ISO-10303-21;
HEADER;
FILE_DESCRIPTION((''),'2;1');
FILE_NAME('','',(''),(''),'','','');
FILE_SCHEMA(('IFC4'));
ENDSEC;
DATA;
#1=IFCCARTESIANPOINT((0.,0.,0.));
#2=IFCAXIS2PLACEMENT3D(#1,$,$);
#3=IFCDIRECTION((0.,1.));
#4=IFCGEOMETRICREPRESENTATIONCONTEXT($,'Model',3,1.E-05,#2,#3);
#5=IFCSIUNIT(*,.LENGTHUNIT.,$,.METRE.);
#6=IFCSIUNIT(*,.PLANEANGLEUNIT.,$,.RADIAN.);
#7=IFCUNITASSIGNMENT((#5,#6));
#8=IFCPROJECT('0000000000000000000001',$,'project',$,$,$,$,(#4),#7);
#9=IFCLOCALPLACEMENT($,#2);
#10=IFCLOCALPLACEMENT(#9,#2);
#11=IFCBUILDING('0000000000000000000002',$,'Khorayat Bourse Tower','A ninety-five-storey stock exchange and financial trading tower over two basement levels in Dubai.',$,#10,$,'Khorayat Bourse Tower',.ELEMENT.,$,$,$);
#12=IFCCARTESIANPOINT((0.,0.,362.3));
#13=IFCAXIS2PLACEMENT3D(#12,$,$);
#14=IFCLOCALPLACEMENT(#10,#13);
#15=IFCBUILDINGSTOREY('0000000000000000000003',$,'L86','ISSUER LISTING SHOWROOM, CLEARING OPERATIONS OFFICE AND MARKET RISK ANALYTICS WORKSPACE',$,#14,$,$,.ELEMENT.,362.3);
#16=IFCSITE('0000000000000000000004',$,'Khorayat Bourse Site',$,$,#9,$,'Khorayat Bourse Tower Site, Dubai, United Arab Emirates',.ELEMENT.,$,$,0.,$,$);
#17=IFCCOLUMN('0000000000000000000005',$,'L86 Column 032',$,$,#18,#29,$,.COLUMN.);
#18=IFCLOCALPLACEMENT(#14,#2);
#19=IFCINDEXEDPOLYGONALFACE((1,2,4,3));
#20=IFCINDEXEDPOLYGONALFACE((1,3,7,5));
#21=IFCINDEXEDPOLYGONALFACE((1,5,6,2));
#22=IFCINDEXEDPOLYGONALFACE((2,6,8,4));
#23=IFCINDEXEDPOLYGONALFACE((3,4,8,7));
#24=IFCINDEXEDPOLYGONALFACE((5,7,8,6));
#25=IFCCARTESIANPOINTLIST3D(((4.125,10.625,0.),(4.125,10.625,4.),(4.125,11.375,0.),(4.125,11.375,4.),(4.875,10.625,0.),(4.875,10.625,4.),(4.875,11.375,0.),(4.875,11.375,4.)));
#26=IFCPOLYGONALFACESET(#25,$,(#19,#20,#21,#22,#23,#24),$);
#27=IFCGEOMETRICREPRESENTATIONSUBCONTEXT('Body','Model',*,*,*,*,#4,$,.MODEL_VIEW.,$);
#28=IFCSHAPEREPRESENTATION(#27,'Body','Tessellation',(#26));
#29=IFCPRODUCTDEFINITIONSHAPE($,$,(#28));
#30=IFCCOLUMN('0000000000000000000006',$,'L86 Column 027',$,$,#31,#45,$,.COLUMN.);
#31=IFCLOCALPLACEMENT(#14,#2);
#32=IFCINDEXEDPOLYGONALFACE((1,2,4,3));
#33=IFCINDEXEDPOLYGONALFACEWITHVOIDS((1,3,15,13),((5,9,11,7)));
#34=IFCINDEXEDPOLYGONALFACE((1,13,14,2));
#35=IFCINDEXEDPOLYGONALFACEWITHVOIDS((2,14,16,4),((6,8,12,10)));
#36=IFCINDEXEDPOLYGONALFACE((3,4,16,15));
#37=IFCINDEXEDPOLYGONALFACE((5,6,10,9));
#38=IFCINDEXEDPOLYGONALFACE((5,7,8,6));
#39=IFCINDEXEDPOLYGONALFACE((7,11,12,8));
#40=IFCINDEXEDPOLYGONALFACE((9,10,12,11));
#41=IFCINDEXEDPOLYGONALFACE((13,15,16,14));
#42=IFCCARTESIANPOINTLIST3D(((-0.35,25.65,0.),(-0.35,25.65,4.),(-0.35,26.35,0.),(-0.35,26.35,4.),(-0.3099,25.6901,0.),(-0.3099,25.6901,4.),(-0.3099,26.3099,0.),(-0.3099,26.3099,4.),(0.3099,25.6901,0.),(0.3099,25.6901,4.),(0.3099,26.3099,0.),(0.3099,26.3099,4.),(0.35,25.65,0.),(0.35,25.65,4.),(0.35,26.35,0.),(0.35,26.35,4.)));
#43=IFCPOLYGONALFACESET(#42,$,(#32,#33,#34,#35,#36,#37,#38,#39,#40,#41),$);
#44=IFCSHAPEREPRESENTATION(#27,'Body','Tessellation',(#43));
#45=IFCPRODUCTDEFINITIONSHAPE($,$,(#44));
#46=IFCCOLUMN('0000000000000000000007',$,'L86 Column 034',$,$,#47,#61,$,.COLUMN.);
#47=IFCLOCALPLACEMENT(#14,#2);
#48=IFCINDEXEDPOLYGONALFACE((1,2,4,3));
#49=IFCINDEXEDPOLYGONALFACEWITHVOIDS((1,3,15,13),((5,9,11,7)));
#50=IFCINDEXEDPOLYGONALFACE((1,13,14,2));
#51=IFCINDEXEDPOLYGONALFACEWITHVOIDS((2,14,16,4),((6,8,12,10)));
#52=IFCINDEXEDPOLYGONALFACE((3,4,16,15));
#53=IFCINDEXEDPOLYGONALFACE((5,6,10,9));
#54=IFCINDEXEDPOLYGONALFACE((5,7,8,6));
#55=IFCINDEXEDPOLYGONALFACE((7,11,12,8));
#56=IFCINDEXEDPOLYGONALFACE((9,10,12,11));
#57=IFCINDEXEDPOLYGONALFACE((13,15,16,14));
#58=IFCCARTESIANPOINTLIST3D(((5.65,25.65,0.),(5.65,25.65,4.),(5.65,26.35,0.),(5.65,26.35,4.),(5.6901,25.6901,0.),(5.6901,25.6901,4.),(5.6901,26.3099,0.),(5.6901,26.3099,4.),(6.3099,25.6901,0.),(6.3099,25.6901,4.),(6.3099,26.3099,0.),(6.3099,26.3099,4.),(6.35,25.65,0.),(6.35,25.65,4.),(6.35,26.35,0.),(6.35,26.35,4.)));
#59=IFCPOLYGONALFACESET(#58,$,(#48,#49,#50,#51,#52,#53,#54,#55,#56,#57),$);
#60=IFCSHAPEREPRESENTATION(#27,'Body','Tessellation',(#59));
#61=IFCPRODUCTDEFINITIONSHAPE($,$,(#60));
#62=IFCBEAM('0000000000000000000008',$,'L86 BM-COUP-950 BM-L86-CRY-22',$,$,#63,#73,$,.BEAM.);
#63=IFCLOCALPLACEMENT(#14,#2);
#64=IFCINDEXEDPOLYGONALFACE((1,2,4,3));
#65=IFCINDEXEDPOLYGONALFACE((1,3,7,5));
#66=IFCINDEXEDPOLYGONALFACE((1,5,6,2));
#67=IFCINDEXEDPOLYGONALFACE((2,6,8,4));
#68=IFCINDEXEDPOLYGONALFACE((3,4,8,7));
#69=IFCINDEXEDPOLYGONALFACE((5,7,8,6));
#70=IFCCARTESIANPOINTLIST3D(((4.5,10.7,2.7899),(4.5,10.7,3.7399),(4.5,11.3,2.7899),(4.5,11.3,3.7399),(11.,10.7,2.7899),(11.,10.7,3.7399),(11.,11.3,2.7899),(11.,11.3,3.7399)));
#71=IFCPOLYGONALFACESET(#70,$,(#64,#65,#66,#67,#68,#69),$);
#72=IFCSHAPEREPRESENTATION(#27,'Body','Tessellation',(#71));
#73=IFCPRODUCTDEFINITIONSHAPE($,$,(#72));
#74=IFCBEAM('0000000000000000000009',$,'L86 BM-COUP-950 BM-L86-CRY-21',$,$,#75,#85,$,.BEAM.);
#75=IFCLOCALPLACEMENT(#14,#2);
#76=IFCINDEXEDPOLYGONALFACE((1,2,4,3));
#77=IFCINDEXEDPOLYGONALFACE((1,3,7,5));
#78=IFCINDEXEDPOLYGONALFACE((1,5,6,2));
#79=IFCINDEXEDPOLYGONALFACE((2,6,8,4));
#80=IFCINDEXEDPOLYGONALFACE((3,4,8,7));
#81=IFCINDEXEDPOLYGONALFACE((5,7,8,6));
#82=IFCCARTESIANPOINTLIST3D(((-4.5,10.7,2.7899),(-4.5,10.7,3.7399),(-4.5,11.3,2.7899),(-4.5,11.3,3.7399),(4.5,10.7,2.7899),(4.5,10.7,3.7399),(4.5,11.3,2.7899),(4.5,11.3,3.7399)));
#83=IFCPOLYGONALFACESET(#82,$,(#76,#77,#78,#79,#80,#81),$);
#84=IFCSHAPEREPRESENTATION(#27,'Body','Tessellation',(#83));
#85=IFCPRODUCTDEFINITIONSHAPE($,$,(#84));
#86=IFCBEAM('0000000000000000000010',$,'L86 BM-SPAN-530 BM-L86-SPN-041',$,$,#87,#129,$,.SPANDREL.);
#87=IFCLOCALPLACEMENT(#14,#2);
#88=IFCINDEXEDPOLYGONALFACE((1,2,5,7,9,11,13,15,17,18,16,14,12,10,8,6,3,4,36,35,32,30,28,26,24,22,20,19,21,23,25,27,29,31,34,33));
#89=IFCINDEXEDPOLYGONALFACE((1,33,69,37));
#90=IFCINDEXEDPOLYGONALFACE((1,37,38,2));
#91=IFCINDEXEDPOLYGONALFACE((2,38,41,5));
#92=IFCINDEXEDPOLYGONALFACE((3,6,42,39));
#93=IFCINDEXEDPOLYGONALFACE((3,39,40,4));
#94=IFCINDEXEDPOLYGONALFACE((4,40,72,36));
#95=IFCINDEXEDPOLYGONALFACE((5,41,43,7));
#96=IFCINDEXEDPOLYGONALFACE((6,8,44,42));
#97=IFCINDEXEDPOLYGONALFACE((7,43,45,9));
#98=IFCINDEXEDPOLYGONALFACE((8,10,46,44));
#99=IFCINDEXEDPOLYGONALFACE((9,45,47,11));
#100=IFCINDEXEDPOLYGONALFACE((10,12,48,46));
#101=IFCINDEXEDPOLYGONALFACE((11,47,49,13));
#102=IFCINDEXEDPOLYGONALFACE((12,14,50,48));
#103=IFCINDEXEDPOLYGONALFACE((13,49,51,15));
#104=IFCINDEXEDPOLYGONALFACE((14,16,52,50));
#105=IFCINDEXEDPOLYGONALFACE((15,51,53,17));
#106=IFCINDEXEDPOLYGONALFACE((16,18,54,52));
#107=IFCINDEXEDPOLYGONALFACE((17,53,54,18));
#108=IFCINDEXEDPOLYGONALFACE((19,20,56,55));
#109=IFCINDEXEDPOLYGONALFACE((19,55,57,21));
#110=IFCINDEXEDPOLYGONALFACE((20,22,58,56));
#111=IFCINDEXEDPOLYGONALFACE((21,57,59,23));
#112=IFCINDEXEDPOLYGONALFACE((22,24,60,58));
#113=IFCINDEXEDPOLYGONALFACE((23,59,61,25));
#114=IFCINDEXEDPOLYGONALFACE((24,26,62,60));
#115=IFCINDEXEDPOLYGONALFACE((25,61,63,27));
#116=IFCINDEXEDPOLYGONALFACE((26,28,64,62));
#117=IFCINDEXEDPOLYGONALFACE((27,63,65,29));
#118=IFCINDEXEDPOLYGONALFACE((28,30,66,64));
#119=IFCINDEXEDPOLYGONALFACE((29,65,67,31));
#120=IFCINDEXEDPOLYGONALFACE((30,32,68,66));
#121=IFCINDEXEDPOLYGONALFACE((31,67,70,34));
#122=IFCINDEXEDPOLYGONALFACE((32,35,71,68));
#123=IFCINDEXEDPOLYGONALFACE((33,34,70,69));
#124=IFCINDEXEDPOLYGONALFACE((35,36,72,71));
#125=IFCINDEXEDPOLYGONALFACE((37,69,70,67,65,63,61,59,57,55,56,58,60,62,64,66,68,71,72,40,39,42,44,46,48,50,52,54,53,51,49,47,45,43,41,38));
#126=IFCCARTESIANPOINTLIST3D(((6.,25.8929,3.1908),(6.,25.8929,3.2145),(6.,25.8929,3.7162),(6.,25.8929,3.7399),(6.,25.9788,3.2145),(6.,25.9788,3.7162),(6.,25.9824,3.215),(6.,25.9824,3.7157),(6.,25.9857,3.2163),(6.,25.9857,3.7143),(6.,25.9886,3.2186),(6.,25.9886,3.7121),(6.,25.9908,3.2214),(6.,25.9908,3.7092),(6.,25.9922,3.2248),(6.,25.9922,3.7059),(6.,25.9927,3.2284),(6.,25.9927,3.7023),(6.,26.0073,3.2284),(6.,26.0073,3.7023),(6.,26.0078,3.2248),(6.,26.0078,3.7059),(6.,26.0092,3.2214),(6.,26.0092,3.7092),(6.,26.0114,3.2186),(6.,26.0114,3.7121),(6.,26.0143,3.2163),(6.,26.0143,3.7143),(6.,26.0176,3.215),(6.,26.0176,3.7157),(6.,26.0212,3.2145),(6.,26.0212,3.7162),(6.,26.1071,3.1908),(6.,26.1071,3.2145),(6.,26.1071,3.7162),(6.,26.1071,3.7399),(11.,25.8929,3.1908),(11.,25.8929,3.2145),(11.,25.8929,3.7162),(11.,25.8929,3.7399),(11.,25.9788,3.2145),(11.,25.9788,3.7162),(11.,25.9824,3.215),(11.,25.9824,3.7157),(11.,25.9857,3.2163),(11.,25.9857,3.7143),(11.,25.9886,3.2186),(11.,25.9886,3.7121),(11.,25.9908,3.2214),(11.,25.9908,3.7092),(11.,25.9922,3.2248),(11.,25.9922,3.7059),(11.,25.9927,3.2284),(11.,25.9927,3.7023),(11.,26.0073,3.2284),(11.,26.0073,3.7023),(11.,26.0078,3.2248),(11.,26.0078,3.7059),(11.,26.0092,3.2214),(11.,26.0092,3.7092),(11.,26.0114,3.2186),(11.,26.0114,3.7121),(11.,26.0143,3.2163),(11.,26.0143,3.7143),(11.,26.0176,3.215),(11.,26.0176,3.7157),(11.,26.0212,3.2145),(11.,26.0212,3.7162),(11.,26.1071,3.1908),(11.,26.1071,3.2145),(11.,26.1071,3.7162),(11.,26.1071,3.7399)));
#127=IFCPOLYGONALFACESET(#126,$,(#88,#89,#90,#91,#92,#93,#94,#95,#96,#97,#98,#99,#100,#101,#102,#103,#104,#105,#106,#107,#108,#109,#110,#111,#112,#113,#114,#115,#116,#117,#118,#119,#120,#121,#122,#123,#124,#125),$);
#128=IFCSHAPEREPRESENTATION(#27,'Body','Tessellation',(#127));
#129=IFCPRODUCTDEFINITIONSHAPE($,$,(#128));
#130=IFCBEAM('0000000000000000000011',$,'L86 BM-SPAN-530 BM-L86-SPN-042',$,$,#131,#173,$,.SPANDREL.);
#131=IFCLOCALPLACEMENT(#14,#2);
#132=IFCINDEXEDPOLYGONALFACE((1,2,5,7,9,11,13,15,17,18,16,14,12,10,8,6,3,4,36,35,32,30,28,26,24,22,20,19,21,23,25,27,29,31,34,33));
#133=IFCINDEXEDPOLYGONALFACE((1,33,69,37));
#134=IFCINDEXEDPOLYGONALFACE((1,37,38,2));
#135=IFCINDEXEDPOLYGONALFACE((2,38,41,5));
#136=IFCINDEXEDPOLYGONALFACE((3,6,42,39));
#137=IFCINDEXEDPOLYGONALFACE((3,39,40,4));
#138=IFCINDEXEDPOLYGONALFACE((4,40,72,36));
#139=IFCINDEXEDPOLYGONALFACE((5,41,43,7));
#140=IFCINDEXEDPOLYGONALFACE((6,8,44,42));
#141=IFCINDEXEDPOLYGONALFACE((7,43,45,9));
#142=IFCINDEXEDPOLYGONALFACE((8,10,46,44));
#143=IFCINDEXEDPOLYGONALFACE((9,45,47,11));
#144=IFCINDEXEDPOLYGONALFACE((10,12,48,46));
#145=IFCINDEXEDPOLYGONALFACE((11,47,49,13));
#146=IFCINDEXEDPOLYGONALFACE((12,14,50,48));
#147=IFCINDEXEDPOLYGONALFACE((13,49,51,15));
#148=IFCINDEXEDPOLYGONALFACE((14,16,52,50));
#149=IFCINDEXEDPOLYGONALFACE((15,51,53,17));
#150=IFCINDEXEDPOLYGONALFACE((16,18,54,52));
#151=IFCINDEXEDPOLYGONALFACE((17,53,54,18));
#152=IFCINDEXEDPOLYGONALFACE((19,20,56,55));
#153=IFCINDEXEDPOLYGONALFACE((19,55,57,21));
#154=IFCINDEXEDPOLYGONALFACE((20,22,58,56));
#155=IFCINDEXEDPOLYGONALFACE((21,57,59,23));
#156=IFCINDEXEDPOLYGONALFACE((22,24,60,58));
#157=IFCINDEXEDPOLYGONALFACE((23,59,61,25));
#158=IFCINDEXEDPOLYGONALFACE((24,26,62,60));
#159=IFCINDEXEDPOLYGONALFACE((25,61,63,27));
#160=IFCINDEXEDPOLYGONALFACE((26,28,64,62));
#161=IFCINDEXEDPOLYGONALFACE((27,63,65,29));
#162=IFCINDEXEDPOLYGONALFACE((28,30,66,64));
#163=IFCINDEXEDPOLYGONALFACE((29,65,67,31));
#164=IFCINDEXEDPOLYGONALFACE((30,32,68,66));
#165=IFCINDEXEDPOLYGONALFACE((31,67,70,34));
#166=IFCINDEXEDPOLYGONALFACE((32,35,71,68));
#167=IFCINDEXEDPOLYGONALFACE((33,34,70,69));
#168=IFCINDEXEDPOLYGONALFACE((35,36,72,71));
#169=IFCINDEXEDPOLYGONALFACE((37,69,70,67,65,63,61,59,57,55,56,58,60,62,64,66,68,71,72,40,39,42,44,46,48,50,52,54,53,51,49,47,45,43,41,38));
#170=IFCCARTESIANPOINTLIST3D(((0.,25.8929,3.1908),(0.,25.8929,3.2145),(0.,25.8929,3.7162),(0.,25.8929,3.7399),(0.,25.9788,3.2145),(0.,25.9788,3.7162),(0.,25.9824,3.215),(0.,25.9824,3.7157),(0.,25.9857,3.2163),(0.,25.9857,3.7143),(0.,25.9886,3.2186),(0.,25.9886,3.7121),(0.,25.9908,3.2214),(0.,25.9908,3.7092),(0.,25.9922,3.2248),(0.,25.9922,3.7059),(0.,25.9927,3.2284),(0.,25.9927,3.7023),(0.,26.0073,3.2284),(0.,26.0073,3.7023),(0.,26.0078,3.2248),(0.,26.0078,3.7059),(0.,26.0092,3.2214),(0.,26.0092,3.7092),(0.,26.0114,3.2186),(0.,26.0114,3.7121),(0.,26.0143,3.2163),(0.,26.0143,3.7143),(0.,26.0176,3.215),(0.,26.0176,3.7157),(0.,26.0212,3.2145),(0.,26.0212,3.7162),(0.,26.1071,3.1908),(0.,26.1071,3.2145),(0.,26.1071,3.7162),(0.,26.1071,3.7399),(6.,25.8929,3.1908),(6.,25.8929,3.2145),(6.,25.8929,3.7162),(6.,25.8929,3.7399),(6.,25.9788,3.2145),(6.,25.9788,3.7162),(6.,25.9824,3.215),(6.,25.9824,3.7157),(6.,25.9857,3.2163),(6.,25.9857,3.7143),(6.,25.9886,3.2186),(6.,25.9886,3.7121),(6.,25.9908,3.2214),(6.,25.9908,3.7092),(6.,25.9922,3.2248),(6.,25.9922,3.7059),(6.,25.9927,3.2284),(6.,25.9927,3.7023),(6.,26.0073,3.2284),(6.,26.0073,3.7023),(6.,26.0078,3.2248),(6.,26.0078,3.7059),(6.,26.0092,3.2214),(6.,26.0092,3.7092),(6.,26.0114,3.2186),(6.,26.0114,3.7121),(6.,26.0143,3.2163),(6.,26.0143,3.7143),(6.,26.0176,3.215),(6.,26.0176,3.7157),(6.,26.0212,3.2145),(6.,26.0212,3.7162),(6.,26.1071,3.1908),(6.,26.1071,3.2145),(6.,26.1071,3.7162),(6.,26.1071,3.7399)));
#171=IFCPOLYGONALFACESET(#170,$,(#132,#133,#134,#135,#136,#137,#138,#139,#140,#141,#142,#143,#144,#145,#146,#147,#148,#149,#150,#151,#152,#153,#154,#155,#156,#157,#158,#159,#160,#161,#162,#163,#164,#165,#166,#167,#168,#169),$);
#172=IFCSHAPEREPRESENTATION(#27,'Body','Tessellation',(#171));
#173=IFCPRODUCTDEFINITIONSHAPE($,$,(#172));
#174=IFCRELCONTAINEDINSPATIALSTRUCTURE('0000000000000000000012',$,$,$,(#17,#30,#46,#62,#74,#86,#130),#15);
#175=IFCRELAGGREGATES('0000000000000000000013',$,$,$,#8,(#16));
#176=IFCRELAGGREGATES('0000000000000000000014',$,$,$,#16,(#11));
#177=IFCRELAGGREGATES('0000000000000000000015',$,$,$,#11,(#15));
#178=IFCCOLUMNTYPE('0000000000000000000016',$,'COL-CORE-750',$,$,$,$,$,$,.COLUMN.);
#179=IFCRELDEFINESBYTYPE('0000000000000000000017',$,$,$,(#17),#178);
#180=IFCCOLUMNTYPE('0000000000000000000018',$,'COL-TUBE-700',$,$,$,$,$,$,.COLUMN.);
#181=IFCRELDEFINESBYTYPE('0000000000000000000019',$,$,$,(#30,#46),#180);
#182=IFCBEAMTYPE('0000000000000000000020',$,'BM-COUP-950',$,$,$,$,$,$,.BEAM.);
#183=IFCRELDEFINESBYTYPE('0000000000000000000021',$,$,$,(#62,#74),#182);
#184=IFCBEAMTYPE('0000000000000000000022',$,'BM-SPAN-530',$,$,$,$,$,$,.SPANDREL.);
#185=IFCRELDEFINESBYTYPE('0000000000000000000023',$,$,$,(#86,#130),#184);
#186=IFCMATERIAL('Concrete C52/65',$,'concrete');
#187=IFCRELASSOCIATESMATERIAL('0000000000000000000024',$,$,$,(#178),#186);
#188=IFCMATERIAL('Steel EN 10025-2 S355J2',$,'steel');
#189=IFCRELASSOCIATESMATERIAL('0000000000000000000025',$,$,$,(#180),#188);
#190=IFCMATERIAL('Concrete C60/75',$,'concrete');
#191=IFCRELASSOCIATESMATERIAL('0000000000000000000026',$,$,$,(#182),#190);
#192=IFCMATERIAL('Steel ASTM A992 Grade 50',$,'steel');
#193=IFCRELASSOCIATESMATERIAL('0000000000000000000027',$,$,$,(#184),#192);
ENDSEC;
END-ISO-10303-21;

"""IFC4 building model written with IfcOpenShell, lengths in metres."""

from ifc_helpers import new_model, si_unit, direction, frame, origin, origin_2d, place, context, subcontext, project, spatial, rectangle, hollow_rectangle, i_section, extrude, source, transform, mapped, material, material_profile, profile_set, type_object, element, save


model = new_model("IFC4")

# Units and contexts
model_context = context("Model", 3, precision=1e-05, world=origin(), true_north=direction((0.0, 1.0)))
body_context = subcontext(model_context, "Body", "Model", "MODEL_VIEW")
ifc_project = project(units=[si_unit("LENGTHUNIT", "METRE"), si_unit("PLANEANGLEUNIT", "RADIAN")], contexts=[model_context])

# Site, building, storey
site_placement = place(None, origin())
site = spatial("IfcSite", under=ifc_project, at=site_placement, Name="Khorayat Bourse Site", LongName="Khorayat Bourse Tower Site, Dubai, United Arab Emirates", CompositionType="ELEMENT", RefElevation=0.0)
building_placement = place(site_placement, origin())
building = spatial("IfcBuilding", under=site, at=building_placement, Name="Khorayat Bourse Tower", Description="A ninety-five-storey stock exchange and financial trading tower over two basement levels in Dubai.", LongName="Khorayat Bourse Tower", CompositionType="ELEMENT")
storey_placement = place(building_placement, frame((0.0, 0.0, 362.3)))
storey = spatial("IfcBuildingStorey", under=building, at=storey_placement, Name="L86", Description="ISSUER LISTING SHOWROOM, CLEARING OPERATIONS OFFICE AND MARKET RISK ANALYTICS WORKSPACE", CompositionType="ELEMENT", Elevation=362.3)

# Columns
ifc_material_1 = material(Name="Concrete C52/65", Category="concrete")
ifc_material_profile_1 = material_profile(ifc_material_1, rectangle(XDim=0.75, YDim=0.75, at=origin_2d()), Name="RC 750x750")
ifc_profile_set_1 = profile_set([ifc_material_profile_1], Name="Concrete C52/65")
column_type_1 = type_object("IfcColumnType", Name="COL-CORE-750", PredefinedType="COLUMN", material=ifc_profile_set_1)
shared_shape_1 = source(origin(), body_context, "Body", "SweptSolid", [
    extrude(rectangle(XDim=0.75, YDim=0.75, at=origin_2d()), origin(), (0.0, 0.0, 1.0), 4.0),
])
column_placement = place(storey_placement, frame((4.5, 11.0, 0.0), z_axis=(0.0, 0.0, 1.0), x_axis=(1.0, 0.0, 0.0)))
element("IfcColumn", 1, at=column_placement, inside=storey, type_object=column_type_1, Name="L86 Column 032", PredefinedType="COLUMN", context=body_context, shape_type="MappedRepresentation", body=[
    mapped(shared_shape_1, transform((0.0, 0.0, 0.0), scale=1.0)),
])
ifc_material_2 = material(Name="Steel EN 10025-2 S355J2", Category="steel")
ifc_material_profile_2 = material_profile(ifc_material_2, hollow_rectangle(XDim=0.7, YDim=0.7, WallThickness=0.04, at=origin_2d()), Name="BOX 700x700x40")
ifc_profile_set_2 = profile_set([ifc_material_profile_2], Name="Steel EN 10025-2 S355J2")
column_type_2 = type_object("IfcColumnType", Name="COL-TUBE-700", PredefinedType="COLUMN", material=ifc_profile_set_2)
shared_shape_2 = source(origin(), body_context, "Body", "SweptSolid", [
    extrude(hollow_rectangle(XDim=0.7, YDim=0.7, WallThickness=0.04, at=origin_2d()), origin(), (0.0, 0.0, 1.0), 4.0),
])
for number, where, z_axis, x_axis, name in (
    (2, (0.0, 26.0, 0.0), (0.0, 0.0, 1.0), (1.0, 0.0, 0.0), "L86 Column 027"),
    (3, (6.0, 26.0, 0.0), (0.0, 0.0, 1.0), (1.0, 0.0, 0.0), "L86 Column 034"),
):
    element("IfcColumn", number, at=place(storey_placement, frame(where, z_axis=z_axis, x_axis=x_axis)), inside=storey, type_object=column_type_2, Name=name, PredefinedType="COLUMN", context=body_context, shape_type="MappedRepresentation", body=[
        mapped(shared_shape_2, transform((0.0, 0.0, 0.0), scale=1.0)),
    ])

# Beams
ifc_material_3 = material(Name="Concrete C60/75", Category="concrete")
ifc_material_profile_3 = material_profile(ifc_material_3, rectangle(XDim=0.6001, YDim=0.95, at=origin_2d()), Name="RC 600x950")
ifc_profile_set_3 = profile_set([ifc_material_profile_3], Name="Concrete C60/75")
beam_type_1 = type_object("IfcBeamType", Name="BM-COUP-950", PredefinedType="BEAM", material=ifc_profile_set_3)
shared_shape_3 = source(origin(), body_context, "Body", "SweptSolid", [
    extrude(rectangle(XDim=0.6001, YDim=0.95, at=origin_2d()), origin(), (0.0, 0.0, 1.0), 6.5),
])
beam_1_placement = place(storey_placement, frame((4.5, 11.0, 3.2649), z_axis=(1.0, 0.0, 0.0), x_axis=(0.0, 1.0, 0.0)))
element("IfcBeam", 4, at=beam_1_placement, inside=storey, type_object=beam_type_1, Name="L86 BM-COUP-950 BM-L86-CRY-22", PredefinedType="BEAM", context=body_context, shape_type="MappedRepresentation", body=[
    mapped(shared_shape_3, transform((0.0, 0.0, 0.0), scale=1.0)),
])
shared_shape_4 = source(origin(), body_context, "Body", "SweptSolid", [
    extrude(rectangle(XDim=0.6001, YDim=0.95, at=origin_2d()), origin(), (0.0, 0.0, 1.0), 9.0),
])
beam_2_placement = place(storey_placement, frame((-4.5, 11.0, 3.2649), z_axis=(1.0, 0.0, 0.0), x_axis=(0.0, 1.0, 0.0)))
element("IfcBeam", 5, at=beam_2_placement, inside=storey, type_object=beam_type_1, Name="L86 BM-COUP-950 BM-L86-CRY-21", PredefinedType="BEAM", context=body_context, shape_type="MappedRepresentation", body=[
    mapped(shared_shape_4, transform((0.0, 0.0, 0.0), scale=1.0)),
])
ifc_material_4 = material(Name="Steel ASTM A992 Grade 50", Category="steel")
ifc_material_profile_4 = material_profile(ifc_material_4, i_section(OverallWidth=0.2141, OverallDepth=0.5491, WebThickness=0.0146, FlangeThickness=0.0237, FilletRadius=0.0139, at=origin_2d()), Name="W530X138")
ifc_profile_set_4 = profile_set([ifc_material_profile_4], Name="Steel ASTM A992 Grade 50")
beam_type_2 = type_object("IfcBeamType", Name="BM-SPAN-530", PredefinedType="SPANDREL", material=ifc_profile_set_4)
shared_shape_5 = source(origin(), body_context, "Body", "SweptSolid", [
    extrude(i_section(OverallWidth=0.2141, OverallDepth=0.5491, WebThickness=0.0146, FlangeThickness=0.0237, FilletRadius=0.0139, at=origin_2d()), origin(), (0.0, 0.0, 1.0), 5.0),
])
beam_3_placement = place(storey_placement, frame((6.0, 26.0, 3.4653), z_axis=(1.0, 0.0, 0.0), x_axis=(0.0, 1.0, 0.0)))
element("IfcBeam", 6, at=beam_3_placement, inside=storey, type_object=beam_type_2, Name="L86 BM-SPAN-530 BM-L86-SPN-041", PredefinedType="SPANDREL", context=body_context, shape_type="MappedRepresentation", body=[
    mapped(shared_shape_5, transform((0.0, 0.0, 0.0), scale=1.0)),
])
shared_shape_6 = source(origin(), body_context, "Body", "SweptSolid", [
    extrude(i_section(OverallWidth=0.2141, OverallDepth=0.5491, WebThickness=0.0146, FlangeThickness=0.0237, FilletRadius=0.0139, at=origin_2d()), origin(), (0.0, 0.0, 1.0), 6.0),
])
beam_4_placement = place(storey_placement, frame((0.0, 26.0, 3.4653), z_axis=(1.0, 0.0, 0.0), x_axis=(0.0, 1.0, 0.0)))
element("IfcBeam", 7, at=beam_4_placement, inside=storey, type_object=beam_type_2, Name="L86 BM-SPAN-530 BM-L86-SPN-042", PredefinedType="SPANDREL", context=body_context, shape_type="MappedRepresentation", body=[
    mapped(shared_shape_6, transform((0.0, 0.0, 0.0), scale=1.0)),
])

save(model, "model.ifc")
